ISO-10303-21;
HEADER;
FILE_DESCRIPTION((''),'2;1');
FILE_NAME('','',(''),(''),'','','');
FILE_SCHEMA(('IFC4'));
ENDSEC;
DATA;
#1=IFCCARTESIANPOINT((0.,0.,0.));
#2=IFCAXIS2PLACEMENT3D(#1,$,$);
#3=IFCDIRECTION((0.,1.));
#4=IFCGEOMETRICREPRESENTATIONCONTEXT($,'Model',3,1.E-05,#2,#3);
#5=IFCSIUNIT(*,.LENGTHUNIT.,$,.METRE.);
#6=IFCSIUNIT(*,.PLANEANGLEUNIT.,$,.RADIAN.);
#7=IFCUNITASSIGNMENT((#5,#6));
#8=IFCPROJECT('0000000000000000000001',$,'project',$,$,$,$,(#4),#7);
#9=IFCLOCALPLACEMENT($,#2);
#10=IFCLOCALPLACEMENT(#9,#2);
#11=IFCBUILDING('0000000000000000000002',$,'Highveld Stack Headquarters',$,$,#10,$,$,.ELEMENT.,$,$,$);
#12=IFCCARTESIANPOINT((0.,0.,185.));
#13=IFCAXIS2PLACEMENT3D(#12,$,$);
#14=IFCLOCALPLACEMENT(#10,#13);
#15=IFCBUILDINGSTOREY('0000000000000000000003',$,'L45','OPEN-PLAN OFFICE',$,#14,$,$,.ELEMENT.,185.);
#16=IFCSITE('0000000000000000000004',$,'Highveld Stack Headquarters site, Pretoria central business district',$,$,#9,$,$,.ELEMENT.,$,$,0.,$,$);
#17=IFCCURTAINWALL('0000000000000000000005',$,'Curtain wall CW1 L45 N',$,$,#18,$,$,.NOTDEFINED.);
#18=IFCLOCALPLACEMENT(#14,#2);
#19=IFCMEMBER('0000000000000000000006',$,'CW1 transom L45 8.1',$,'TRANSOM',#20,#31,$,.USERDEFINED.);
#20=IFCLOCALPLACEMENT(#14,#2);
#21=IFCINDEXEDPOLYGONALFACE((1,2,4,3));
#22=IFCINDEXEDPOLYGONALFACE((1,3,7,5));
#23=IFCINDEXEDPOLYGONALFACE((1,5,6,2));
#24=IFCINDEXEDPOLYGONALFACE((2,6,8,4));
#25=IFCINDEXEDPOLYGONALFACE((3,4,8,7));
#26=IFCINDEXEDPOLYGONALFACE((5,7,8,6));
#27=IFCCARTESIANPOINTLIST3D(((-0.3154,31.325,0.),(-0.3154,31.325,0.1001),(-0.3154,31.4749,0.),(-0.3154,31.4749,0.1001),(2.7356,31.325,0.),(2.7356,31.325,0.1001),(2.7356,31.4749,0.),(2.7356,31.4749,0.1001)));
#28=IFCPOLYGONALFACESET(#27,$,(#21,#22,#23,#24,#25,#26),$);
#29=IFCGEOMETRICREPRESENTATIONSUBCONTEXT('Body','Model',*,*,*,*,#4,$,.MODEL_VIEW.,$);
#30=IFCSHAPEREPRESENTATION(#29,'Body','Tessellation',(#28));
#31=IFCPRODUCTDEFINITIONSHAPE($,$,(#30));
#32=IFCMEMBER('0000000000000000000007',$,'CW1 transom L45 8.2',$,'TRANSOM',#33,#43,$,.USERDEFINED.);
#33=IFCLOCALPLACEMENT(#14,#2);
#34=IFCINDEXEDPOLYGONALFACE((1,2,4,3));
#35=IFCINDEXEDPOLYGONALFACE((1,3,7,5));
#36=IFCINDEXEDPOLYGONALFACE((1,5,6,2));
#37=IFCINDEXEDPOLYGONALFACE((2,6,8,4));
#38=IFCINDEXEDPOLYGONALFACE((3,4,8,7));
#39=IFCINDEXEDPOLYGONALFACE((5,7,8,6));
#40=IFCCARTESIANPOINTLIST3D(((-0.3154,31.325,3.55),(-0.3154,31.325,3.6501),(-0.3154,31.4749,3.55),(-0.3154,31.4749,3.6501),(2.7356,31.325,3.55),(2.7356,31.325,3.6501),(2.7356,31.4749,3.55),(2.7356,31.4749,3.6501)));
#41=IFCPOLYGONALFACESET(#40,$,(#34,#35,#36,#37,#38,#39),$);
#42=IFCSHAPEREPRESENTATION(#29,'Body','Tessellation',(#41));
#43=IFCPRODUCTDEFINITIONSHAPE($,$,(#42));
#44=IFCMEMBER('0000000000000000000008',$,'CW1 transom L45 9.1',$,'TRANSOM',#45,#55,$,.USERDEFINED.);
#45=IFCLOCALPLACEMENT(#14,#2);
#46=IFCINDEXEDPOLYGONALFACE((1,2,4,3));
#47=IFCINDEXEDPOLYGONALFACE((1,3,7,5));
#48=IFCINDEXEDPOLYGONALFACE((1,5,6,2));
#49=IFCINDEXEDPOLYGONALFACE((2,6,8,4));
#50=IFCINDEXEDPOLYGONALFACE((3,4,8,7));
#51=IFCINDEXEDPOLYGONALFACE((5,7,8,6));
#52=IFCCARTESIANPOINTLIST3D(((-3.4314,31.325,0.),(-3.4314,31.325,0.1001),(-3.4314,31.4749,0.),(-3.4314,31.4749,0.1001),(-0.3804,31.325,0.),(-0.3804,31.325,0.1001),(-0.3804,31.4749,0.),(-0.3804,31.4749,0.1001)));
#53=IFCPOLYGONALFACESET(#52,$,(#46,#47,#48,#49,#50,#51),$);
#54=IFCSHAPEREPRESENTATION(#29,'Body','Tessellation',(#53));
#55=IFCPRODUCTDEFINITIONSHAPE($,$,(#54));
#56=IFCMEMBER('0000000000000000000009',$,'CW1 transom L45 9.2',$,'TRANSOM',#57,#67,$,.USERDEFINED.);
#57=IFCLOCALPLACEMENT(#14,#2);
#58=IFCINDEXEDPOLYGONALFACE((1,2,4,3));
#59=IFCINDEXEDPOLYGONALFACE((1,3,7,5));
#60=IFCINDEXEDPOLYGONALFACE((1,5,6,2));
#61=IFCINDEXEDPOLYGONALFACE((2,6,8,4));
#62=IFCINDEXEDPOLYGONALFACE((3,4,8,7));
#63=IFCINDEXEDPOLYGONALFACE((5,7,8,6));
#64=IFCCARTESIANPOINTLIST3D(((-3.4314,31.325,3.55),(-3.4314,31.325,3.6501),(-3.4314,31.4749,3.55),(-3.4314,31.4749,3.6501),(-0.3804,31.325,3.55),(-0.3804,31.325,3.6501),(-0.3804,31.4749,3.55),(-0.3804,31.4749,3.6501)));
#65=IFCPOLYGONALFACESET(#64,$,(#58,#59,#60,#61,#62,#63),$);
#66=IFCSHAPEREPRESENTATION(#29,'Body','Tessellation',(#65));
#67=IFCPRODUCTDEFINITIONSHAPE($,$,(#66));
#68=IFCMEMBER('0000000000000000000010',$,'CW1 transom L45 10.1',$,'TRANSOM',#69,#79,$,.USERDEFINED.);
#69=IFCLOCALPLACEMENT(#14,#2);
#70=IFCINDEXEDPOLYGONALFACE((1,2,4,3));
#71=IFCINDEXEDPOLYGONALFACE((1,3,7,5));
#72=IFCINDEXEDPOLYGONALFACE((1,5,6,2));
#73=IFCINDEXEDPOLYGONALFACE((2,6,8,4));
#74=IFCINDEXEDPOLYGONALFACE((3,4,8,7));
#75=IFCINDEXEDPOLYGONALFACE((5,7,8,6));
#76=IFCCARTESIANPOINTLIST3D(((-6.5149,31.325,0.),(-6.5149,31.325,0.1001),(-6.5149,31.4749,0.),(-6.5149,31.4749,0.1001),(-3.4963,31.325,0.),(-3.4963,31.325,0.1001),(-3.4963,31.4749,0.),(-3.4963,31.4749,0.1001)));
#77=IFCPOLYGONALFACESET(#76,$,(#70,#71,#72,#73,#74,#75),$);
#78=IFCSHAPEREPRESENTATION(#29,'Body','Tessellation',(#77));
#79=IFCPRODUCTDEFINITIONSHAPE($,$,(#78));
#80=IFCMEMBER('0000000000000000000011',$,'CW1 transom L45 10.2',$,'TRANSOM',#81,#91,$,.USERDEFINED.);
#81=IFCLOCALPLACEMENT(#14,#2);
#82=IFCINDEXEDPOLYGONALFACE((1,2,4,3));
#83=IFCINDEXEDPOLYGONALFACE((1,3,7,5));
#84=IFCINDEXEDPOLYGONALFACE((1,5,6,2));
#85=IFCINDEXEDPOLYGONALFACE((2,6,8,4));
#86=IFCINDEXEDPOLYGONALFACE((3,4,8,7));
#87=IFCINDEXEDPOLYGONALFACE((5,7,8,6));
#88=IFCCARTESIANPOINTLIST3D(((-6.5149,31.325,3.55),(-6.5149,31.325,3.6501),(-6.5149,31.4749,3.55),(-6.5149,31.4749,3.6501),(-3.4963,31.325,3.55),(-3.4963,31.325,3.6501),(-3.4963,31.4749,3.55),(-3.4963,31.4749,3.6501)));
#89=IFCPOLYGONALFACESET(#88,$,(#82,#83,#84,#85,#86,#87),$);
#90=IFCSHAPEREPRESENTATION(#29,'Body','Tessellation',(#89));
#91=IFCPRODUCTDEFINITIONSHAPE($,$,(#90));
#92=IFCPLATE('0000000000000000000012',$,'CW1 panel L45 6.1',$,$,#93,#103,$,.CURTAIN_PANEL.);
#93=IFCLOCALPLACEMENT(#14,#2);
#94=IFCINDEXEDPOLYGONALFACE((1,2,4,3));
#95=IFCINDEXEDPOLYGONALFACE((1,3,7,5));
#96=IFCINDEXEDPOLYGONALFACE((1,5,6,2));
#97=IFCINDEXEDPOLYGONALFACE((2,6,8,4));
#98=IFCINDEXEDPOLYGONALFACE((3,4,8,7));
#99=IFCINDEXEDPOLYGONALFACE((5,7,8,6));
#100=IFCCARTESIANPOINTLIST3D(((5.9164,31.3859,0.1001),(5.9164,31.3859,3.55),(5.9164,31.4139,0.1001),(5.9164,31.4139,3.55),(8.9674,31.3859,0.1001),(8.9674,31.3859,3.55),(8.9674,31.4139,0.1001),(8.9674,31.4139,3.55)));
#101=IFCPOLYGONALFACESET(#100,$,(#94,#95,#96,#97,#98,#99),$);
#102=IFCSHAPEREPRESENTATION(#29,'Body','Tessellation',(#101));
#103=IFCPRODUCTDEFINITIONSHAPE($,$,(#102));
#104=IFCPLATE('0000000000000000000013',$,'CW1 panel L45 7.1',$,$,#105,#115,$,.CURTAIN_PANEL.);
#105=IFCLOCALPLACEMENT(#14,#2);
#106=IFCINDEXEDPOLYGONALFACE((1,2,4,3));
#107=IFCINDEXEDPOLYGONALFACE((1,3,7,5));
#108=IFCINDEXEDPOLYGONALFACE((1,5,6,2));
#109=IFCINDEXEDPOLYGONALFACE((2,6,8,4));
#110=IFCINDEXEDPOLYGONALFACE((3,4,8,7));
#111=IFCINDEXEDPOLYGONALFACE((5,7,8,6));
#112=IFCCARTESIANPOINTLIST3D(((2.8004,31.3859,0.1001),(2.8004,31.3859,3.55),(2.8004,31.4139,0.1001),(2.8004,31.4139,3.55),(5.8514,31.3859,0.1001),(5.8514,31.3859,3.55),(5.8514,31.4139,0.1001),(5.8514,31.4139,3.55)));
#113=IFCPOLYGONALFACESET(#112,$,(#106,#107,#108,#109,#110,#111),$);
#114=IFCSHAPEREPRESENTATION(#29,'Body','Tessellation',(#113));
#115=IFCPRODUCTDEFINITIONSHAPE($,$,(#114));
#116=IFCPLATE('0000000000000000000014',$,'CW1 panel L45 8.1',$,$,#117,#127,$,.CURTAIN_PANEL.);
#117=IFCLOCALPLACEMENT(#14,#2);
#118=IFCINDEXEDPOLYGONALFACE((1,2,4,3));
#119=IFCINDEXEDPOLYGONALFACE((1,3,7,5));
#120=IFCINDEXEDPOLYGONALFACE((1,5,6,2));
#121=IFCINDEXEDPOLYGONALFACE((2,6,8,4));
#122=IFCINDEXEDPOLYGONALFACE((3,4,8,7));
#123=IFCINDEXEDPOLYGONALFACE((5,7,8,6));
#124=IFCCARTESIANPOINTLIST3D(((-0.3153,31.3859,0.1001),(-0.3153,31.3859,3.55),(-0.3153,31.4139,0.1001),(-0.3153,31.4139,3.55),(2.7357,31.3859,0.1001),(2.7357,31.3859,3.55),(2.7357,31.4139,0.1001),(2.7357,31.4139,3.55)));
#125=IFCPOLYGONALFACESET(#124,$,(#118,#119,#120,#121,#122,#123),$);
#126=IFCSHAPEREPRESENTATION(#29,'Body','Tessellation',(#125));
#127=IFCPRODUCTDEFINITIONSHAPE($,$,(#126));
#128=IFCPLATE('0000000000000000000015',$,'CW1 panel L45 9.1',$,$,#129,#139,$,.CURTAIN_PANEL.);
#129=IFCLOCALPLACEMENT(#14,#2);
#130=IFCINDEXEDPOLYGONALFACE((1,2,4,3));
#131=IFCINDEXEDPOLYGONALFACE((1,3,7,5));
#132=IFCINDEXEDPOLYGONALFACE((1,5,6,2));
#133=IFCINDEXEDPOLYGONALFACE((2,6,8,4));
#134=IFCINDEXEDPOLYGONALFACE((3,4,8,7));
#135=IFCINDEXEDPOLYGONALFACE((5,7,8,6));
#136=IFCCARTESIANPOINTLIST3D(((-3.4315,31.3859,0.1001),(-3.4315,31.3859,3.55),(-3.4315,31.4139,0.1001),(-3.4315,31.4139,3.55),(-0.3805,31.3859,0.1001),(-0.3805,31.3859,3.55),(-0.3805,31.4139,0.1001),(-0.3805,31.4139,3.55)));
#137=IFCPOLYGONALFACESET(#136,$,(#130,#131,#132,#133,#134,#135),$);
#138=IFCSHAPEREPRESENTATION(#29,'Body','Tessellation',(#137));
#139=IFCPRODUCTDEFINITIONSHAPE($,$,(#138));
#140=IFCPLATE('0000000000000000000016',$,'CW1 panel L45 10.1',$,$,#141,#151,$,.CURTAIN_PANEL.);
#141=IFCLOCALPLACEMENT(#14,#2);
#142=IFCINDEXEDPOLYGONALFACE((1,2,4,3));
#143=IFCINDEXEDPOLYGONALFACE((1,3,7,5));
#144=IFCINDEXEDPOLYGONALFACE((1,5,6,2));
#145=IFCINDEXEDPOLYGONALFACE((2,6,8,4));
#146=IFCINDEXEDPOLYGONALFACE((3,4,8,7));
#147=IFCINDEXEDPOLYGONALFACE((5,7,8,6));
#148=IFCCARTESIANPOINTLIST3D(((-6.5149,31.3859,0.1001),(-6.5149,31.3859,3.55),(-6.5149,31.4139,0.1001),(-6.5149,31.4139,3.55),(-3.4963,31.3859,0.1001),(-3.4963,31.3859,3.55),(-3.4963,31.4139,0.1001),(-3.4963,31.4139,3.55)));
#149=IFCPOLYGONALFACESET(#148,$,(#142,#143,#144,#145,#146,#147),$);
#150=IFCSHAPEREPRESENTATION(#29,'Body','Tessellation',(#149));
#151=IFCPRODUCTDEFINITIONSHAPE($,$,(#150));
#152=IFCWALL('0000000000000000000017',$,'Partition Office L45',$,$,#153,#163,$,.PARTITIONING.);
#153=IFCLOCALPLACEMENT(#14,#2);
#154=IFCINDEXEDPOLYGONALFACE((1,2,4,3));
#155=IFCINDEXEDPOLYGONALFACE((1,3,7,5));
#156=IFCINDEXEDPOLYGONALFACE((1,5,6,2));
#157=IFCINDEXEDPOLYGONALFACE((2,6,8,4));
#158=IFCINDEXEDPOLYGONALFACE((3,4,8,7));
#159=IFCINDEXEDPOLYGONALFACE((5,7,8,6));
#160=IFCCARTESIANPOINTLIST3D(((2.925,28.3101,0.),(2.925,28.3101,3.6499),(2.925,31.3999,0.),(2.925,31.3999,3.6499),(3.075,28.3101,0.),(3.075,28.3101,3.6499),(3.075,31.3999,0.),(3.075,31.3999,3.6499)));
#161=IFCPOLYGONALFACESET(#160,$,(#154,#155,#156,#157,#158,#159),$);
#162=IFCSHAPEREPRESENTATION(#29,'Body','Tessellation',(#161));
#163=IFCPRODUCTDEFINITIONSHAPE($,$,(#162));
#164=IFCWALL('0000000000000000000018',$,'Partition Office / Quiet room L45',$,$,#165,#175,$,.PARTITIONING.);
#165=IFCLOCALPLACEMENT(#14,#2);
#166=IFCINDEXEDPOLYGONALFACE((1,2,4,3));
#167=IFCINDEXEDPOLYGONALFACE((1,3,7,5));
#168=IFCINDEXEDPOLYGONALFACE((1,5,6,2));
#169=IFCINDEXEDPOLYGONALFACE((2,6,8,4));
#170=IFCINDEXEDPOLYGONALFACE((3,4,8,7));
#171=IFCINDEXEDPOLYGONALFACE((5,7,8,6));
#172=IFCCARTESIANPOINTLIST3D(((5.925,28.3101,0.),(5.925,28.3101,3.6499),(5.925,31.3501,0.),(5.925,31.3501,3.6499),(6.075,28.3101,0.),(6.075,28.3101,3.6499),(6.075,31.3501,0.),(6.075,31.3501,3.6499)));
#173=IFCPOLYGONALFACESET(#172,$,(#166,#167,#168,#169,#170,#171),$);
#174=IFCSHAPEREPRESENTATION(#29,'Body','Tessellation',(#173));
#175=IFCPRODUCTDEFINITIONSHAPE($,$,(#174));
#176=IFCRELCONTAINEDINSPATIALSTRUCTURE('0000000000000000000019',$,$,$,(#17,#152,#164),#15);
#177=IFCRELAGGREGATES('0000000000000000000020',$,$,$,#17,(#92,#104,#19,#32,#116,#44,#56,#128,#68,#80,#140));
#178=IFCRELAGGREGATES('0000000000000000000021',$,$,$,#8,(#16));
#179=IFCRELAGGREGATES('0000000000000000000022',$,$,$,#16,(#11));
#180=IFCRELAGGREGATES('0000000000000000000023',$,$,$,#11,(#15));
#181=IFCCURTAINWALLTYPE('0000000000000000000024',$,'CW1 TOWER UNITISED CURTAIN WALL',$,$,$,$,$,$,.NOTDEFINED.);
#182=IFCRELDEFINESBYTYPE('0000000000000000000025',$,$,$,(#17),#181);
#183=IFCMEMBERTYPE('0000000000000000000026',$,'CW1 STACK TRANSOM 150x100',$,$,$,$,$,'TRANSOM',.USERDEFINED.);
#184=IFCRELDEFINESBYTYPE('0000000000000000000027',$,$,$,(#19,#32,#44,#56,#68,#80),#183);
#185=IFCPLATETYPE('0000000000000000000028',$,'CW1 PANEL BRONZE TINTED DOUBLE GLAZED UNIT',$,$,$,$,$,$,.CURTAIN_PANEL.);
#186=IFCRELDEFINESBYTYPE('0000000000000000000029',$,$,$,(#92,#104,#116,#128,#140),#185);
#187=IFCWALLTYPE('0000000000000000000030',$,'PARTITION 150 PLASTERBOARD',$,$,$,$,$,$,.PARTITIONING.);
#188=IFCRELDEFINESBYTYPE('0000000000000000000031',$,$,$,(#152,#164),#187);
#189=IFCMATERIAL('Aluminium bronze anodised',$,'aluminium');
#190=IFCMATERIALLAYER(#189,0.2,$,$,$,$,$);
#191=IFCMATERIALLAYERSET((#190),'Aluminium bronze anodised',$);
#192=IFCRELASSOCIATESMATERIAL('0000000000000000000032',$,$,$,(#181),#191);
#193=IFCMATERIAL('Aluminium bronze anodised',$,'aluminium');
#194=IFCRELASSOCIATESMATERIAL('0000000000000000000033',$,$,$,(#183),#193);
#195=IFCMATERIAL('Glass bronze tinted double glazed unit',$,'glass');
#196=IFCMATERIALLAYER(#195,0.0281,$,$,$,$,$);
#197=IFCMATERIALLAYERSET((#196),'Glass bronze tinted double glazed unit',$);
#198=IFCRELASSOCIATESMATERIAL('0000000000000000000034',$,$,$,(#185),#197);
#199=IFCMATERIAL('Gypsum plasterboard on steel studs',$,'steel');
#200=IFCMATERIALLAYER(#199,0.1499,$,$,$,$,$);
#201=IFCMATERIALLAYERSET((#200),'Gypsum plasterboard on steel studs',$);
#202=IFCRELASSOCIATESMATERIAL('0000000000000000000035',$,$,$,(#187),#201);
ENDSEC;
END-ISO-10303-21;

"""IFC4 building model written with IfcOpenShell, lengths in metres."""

from ifc_helpers import new_model, si_unit, direction, frame, frame_2d, origin, origin_2d, place, context, subcontext, project, spatial, rectangle, extrude, material, layer, layer_set, material_profile, profile_set, type_object, element, aggregate, save


model = new_model("IFC4")

# Units and contexts
model_context = context("Model", 3, precision=1e-05, world=origin(), true_north=direction((0.0, 1.0)))
body_context = subcontext(model_context, "Body", "Model", "MODEL_VIEW")
ifc_project = project(units=[si_unit("LENGTHUNIT", "METRE"), si_unit("PLANEANGLEUNIT", "RADIAN")], contexts=[model_context])

# Site, building, storey
site_placement = place(None, origin())
site = spatial("IfcSite", under=ifc_project, at=site_placement, Name="Highveld Stack Headquarters site, Pretoria central business district", CompositionType="ELEMENT", RefElevation=0.0)
building_placement = place(site_placement, origin())
building = spatial("IfcBuilding", under=site, at=building_placement, Name="Highveld Stack Headquarters", CompositionType="ELEMENT")
storey_placement = place(building_placement, frame((0.0, 0.0, 185.0)))
storey = spatial("IfcBuildingStorey", under=building, at=storey_placement, Name="L45", Description="OPEN-PLAN OFFICE", CompositionType="ELEMENT", Elevation=185.0)

# Curtain wall, members, plates
ifc_material_1 = material(Name="Aluminium bronze anodised", Category="aluminium")
ifc_layer_1 = layer(ifc_material_1, 0.2)
ifc_layer_set_1 = layer_set([ifc_layer_1], Name="Aluminium bronze anodised")
curtain_wall_type = type_object("IfcCurtainWallType", Name="CW1 TOWER UNITISED CURTAIN WALL", PredefinedType="NOTDEFINED", material=ifc_layer_set_1)
curtain_wall_placement = place(storey_placement, origin())
curtain_wall = element("IfcCurtainWall", 1, at=curtain_wall_placement, inside=storey, type_object=curtain_wall_type, Name="Curtain wall CW1 L45 N", PredefinedType="NOTDEFINED")
ifc_material_2 = material(Name="Aluminium bronze anodised", Category="aluminium")
ifc_material_profile_1 = material_profile(ifc_material_2, rectangle(XDim=0.1499, YDim=0.1001, at=origin_2d()), Name="CW1 TRANSOM 150x100")
ifc_profile_set_1 = profile_set([ifc_material_profile_1], Name="Aluminium bronze anodised")
member_type_1 = type_object("IfcMemberType", Name="CW1 STACK TRANSOM 150x100", ElementType="TRANSOM", PredefinedType="USERDEFINED", material=ifc_profile_set_1)
member_1_placement = place(storey_placement, frame((2.7356, 31.3999, 0.05), z_axis=(-1.0, 0.0, 0.0), x_axis=(0.0, -1.0, 0.0)))
member_1 = element("IfcMember", 2, at=member_1_placement, type_object=member_type_1, Name="CW1 transom L45 8.1", ObjectType="TRANSOM", PredefinedType="USERDEFINED", context=body_context, shape_type="SweptSolid", body=[
    extrude(rectangle(XDim=0.1499, YDim=0.1001, at=origin_2d()), origin(), (0.0, 0.0, 1.0), 3.051),
])
member_2_placement = place(storey_placement, frame((2.7356, 31.3999, 3.6001), z_axis=(-1.0, 0.0, 0.0), x_axis=(0.0, -1.0, 0.0)))
member_2 = element("IfcMember", 3, at=member_2_placement, type_object=member_type_1, Name="CW1 transom L45 8.2", ObjectType="TRANSOM", PredefinedType="USERDEFINED", context=body_context, shape_type="SweptSolid", body=[
    extrude(rectangle(XDim=0.1499, YDim=0.1001, at=origin_2d()), origin(), (0.0, 0.0, 1.0), 3.051),
])
member_3_placement = place(storey_placement, frame((-0.3804, 31.3999, 0.05), z_axis=(-1.0, 0.0, 0.0), x_axis=(0.0, -1.0, 0.0)))
member_3 = element("IfcMember", 4, at=member_3_placement, type_object=member_type_1, Name="CW1 transom L45 9.1", ObjectType="TRANSOM", PredefinedType="USERDEFINED", context=body_context, shape_type="SweptSolid", body=[
    extrude(rectangle(XDim=0.1499, YDim=0.1001, at=origin_2d()), origin(), (0.0, 0.0, 1.0), 3.051),
])
member_4_placement = place(storey_placement, frame((-0.3804, 31.3999, 3.6001), z_axis=(-1.0, 0.0, 0.0), x_axis=(0.0, -1.0, 0.0)))
member_4 = element("IfcMember", 5, at=member_4_placement, type_object=member_type_1, Name="CW1 transom L45 9.2", ObjectType="TRANSOM", PredefinedType="USERDEFINED", context=body_context, shape_type="SweptSolid", body=[
    extrude(rectangle(XDim=0.1499, YDim=0.1001, at=origin_2d()), origin(), (0.0, 0.0, 1.0), 3.051),
])
member_5_placement = place(storey_placement, frame((-3.4963, 31.3999, 0.05), z_axis=(-1.0, 0.0, 0.0), x_axis=(0.0, -1.0, 0.0)))
member_5 = element("IfcMember", 6, at=member_5_placement, type_object=member_type_1, Name="CW1 transom L45 10.1", ObjectType="TRANSOM", PredefinedType="USERDEFINED", context=body_context, shape_type="SweptSolid", body=[
    extrude(rectangle(XDim=0.1499, YDim=0.1001, at=origin_2d()), origin(), (0.0, 0.0, 1.0), 3.0186),
])
member_6_placement = place(storey_placement, frame((-3.4963, 31.3999, 3.6001), z_axis=(-1.0, 0.0, 0.0), x_axis=(0.0, -1.0, 0.0)))
member_6 = element("IfcMember", 7, at=member_6_placement, type_object=member_type_1, Name="CW1 transom L45 10.2", ObjectType="TRANSOM", PredefinedType="USERDEFINED", context=body_context, shape_type="SweptSolid", body=[
    extrude(rectangle(XDim=0.1499, YDim=0.1001, at=origin_2d()), origin(), (0.0, 0.0, 1.0), 3.0186),
])
ifc_material_3 = material(Name="Glass bronze tinted double glazed unit", Category="glass")
ifc_layer_2 = layer(ifc_material_3, 0.0281)
ifc_layer_set_2 = layer_set([ifc_layer_2], Name="Glass bronze tinted double glazed unit")
plate_type = type_object("IfcPlateType", Name="CW1 PANEL BRONZE TINTED DOUBLE GLAZED UNIT", PredefinedType="CURTAIN_PANEL", material=ifc_layer_set_2)
plate_1_placement = place(storey_placement, frame((7.4419, 31.3999, 0.1001), z_axis=(0.0, 0.0, 1.0), x_axis=(-1.0, 0.0, 0.0)))
plate_1 = element("IfcPlate", 8, at=plate_1_placement, type_object=plate_type, Name="CW1 panel L45 6.1", PredefinedType="CURTAIN_PANEL", context=body_context, shape_type="SweptSolid", body=[
    extrude(rectangle(XDim=3.051, YDim=0.0281, at=origin_2d()), origin(), (0.0, 0.0, 1.0), 3.45),
])
plate_2_placement = place(storey_placement, frame((4.3259, 31.3999, 0.1001), z_axis=(0.0, 0.0, 1.0), x_axis=(-1.0, 0.0, 0.0)))
plate_2 = element("IfcPlate", 9, at=plate_2_placement, type_object=plate_type, Name="CW1 panel L45 7.1", PredefinedType="CURTAIN_PANEL", context=body_context, shape_type="SweptSolid", body=[
    extrude(rectangle(XDim=3.051, YDim=0.0281, at=origin_2d()), origin(), (0.0, 0.0, 1.0), 3.45),
])
plate_3_placement = place(storey_placement, frame((1.2102, 31.3999, 0.1001), z_axis=(0.0, 0.0, 1.0), x_axis=(-1.0, 0.0, 0.0)))
plate_3 = element("IfcPlate", 10, at=plate_3_placement, type_object=plate_type, Name="CW1 panel L45 8.1", PredefinedType="CURTAIN_PANEL", context=body_context, shape_type="SweptSolid", body=[
    extrude(rectangle(XDim=3.051, YDim=0.0281, at=origin_2d()), origin(), (0.0, 0.0, 1.0), 3.45),
])
plate_4_placement = place(storey_placement, frame((-1.906, 31.3999, 0.1001), z_axis=(0.0, 0.0, 1.0), x_axis=(-1.0, 0.0, 0.0)))
plate_4 = element("IfcPlate", 11, at=plate_4_placement, type_object=plate_type, Name="CW1 panel L45 9.1", PredefinedType="CURTAIN_PANEL", context=body_context, shape_type="SweptSolid", body=[
    extrude(rectangle(XDim=3.051, YDim=0.0281, at=origin_2d()), origin(), (0.0, 0.0, 1.0), 3.45),
])
plate_5_placement = place(storey_placement, frame((-5.0056, 31.3999, 0.1001), z_axis=(0.0, 0.0, 1.0), x_axis=(-1.0, 0.0, 0.0)))
plate_5 = element("IfcPlate", 12, at=plate_5_placement, type_object=plate_type, Name="CW1 panel L45 10.1", PredefinedType="CURTAIN_PANEL", context=body_context, shape_type="SweptSolid", body=[
    extrude(rectangle(XDim=3.0186, YDim=0.0281, at=origin_2d()), origin(), (0.0, 0.0, 1.0), 3.45),
])
aggregate(curtain_wall, [plate_1, plate_2, member_1, member_2, plate_3, member_3, member_4, plate_4, member_5, member_6, plate_5])

# Walls
ifc_material_4 = material(Name="Gypsum plasterboard on steel studs", Category="steel")
ifc_layer_3 = layer(ifc_material_4, 0.1499)
ifc_layer_set_3 = layer_set([ifc_layer_3], Name="Gypsum plasterboard on steel studs")
wall_type = type_object("IfcWallType", Name="PARTITION 150 PLASTERBOARD", PredefinedType="PARTITIONING", material=ifc_layer_set_3)
wall_1_placement = place(storey_placement, frame((3.0, 28.3101, 0.0), z_axis=(0.0, 0.0, 1.0), x_axis=(0.0, 1.0, 0.0)))
element("IfcWall", 13, at=wall_1_placement, inside=storey, type_object=wall_type, Name="Partition Office L45", PredefinedType="PARTITIONING", context=body_context, shape_type="SweptSolid", body=[
    extrude(rectangle(XDim=3.0898, YDim=0.1499, at=frame_2d((1.5449, 0.0))), origin(), (0.0, 0.0, 1.0), 3.6499),
])
wall_2_placement = place(storey_placement, frame((6.0, 28.3101, 0.0), z_axis=(0.0, 0.0, 1.0), x_axis=(0.0, 1.0, 0.0)))
element("IfcWall", 14, at=wall_2_placement, inside=storey, type_object=wall_type, Name="Partition Office / Quiet room L45", PredefinedType="PARTITIONING", context=body_context, shape_type="SweptSolid", body=[
    extrude(rectangle(XDim=3.04, YDim=0.1499, at=frame_2d((1.52, 0.0))), origin(), (0.0, 0.0, 1.0), 3.6499),
])

save(model, "model.ifc")
